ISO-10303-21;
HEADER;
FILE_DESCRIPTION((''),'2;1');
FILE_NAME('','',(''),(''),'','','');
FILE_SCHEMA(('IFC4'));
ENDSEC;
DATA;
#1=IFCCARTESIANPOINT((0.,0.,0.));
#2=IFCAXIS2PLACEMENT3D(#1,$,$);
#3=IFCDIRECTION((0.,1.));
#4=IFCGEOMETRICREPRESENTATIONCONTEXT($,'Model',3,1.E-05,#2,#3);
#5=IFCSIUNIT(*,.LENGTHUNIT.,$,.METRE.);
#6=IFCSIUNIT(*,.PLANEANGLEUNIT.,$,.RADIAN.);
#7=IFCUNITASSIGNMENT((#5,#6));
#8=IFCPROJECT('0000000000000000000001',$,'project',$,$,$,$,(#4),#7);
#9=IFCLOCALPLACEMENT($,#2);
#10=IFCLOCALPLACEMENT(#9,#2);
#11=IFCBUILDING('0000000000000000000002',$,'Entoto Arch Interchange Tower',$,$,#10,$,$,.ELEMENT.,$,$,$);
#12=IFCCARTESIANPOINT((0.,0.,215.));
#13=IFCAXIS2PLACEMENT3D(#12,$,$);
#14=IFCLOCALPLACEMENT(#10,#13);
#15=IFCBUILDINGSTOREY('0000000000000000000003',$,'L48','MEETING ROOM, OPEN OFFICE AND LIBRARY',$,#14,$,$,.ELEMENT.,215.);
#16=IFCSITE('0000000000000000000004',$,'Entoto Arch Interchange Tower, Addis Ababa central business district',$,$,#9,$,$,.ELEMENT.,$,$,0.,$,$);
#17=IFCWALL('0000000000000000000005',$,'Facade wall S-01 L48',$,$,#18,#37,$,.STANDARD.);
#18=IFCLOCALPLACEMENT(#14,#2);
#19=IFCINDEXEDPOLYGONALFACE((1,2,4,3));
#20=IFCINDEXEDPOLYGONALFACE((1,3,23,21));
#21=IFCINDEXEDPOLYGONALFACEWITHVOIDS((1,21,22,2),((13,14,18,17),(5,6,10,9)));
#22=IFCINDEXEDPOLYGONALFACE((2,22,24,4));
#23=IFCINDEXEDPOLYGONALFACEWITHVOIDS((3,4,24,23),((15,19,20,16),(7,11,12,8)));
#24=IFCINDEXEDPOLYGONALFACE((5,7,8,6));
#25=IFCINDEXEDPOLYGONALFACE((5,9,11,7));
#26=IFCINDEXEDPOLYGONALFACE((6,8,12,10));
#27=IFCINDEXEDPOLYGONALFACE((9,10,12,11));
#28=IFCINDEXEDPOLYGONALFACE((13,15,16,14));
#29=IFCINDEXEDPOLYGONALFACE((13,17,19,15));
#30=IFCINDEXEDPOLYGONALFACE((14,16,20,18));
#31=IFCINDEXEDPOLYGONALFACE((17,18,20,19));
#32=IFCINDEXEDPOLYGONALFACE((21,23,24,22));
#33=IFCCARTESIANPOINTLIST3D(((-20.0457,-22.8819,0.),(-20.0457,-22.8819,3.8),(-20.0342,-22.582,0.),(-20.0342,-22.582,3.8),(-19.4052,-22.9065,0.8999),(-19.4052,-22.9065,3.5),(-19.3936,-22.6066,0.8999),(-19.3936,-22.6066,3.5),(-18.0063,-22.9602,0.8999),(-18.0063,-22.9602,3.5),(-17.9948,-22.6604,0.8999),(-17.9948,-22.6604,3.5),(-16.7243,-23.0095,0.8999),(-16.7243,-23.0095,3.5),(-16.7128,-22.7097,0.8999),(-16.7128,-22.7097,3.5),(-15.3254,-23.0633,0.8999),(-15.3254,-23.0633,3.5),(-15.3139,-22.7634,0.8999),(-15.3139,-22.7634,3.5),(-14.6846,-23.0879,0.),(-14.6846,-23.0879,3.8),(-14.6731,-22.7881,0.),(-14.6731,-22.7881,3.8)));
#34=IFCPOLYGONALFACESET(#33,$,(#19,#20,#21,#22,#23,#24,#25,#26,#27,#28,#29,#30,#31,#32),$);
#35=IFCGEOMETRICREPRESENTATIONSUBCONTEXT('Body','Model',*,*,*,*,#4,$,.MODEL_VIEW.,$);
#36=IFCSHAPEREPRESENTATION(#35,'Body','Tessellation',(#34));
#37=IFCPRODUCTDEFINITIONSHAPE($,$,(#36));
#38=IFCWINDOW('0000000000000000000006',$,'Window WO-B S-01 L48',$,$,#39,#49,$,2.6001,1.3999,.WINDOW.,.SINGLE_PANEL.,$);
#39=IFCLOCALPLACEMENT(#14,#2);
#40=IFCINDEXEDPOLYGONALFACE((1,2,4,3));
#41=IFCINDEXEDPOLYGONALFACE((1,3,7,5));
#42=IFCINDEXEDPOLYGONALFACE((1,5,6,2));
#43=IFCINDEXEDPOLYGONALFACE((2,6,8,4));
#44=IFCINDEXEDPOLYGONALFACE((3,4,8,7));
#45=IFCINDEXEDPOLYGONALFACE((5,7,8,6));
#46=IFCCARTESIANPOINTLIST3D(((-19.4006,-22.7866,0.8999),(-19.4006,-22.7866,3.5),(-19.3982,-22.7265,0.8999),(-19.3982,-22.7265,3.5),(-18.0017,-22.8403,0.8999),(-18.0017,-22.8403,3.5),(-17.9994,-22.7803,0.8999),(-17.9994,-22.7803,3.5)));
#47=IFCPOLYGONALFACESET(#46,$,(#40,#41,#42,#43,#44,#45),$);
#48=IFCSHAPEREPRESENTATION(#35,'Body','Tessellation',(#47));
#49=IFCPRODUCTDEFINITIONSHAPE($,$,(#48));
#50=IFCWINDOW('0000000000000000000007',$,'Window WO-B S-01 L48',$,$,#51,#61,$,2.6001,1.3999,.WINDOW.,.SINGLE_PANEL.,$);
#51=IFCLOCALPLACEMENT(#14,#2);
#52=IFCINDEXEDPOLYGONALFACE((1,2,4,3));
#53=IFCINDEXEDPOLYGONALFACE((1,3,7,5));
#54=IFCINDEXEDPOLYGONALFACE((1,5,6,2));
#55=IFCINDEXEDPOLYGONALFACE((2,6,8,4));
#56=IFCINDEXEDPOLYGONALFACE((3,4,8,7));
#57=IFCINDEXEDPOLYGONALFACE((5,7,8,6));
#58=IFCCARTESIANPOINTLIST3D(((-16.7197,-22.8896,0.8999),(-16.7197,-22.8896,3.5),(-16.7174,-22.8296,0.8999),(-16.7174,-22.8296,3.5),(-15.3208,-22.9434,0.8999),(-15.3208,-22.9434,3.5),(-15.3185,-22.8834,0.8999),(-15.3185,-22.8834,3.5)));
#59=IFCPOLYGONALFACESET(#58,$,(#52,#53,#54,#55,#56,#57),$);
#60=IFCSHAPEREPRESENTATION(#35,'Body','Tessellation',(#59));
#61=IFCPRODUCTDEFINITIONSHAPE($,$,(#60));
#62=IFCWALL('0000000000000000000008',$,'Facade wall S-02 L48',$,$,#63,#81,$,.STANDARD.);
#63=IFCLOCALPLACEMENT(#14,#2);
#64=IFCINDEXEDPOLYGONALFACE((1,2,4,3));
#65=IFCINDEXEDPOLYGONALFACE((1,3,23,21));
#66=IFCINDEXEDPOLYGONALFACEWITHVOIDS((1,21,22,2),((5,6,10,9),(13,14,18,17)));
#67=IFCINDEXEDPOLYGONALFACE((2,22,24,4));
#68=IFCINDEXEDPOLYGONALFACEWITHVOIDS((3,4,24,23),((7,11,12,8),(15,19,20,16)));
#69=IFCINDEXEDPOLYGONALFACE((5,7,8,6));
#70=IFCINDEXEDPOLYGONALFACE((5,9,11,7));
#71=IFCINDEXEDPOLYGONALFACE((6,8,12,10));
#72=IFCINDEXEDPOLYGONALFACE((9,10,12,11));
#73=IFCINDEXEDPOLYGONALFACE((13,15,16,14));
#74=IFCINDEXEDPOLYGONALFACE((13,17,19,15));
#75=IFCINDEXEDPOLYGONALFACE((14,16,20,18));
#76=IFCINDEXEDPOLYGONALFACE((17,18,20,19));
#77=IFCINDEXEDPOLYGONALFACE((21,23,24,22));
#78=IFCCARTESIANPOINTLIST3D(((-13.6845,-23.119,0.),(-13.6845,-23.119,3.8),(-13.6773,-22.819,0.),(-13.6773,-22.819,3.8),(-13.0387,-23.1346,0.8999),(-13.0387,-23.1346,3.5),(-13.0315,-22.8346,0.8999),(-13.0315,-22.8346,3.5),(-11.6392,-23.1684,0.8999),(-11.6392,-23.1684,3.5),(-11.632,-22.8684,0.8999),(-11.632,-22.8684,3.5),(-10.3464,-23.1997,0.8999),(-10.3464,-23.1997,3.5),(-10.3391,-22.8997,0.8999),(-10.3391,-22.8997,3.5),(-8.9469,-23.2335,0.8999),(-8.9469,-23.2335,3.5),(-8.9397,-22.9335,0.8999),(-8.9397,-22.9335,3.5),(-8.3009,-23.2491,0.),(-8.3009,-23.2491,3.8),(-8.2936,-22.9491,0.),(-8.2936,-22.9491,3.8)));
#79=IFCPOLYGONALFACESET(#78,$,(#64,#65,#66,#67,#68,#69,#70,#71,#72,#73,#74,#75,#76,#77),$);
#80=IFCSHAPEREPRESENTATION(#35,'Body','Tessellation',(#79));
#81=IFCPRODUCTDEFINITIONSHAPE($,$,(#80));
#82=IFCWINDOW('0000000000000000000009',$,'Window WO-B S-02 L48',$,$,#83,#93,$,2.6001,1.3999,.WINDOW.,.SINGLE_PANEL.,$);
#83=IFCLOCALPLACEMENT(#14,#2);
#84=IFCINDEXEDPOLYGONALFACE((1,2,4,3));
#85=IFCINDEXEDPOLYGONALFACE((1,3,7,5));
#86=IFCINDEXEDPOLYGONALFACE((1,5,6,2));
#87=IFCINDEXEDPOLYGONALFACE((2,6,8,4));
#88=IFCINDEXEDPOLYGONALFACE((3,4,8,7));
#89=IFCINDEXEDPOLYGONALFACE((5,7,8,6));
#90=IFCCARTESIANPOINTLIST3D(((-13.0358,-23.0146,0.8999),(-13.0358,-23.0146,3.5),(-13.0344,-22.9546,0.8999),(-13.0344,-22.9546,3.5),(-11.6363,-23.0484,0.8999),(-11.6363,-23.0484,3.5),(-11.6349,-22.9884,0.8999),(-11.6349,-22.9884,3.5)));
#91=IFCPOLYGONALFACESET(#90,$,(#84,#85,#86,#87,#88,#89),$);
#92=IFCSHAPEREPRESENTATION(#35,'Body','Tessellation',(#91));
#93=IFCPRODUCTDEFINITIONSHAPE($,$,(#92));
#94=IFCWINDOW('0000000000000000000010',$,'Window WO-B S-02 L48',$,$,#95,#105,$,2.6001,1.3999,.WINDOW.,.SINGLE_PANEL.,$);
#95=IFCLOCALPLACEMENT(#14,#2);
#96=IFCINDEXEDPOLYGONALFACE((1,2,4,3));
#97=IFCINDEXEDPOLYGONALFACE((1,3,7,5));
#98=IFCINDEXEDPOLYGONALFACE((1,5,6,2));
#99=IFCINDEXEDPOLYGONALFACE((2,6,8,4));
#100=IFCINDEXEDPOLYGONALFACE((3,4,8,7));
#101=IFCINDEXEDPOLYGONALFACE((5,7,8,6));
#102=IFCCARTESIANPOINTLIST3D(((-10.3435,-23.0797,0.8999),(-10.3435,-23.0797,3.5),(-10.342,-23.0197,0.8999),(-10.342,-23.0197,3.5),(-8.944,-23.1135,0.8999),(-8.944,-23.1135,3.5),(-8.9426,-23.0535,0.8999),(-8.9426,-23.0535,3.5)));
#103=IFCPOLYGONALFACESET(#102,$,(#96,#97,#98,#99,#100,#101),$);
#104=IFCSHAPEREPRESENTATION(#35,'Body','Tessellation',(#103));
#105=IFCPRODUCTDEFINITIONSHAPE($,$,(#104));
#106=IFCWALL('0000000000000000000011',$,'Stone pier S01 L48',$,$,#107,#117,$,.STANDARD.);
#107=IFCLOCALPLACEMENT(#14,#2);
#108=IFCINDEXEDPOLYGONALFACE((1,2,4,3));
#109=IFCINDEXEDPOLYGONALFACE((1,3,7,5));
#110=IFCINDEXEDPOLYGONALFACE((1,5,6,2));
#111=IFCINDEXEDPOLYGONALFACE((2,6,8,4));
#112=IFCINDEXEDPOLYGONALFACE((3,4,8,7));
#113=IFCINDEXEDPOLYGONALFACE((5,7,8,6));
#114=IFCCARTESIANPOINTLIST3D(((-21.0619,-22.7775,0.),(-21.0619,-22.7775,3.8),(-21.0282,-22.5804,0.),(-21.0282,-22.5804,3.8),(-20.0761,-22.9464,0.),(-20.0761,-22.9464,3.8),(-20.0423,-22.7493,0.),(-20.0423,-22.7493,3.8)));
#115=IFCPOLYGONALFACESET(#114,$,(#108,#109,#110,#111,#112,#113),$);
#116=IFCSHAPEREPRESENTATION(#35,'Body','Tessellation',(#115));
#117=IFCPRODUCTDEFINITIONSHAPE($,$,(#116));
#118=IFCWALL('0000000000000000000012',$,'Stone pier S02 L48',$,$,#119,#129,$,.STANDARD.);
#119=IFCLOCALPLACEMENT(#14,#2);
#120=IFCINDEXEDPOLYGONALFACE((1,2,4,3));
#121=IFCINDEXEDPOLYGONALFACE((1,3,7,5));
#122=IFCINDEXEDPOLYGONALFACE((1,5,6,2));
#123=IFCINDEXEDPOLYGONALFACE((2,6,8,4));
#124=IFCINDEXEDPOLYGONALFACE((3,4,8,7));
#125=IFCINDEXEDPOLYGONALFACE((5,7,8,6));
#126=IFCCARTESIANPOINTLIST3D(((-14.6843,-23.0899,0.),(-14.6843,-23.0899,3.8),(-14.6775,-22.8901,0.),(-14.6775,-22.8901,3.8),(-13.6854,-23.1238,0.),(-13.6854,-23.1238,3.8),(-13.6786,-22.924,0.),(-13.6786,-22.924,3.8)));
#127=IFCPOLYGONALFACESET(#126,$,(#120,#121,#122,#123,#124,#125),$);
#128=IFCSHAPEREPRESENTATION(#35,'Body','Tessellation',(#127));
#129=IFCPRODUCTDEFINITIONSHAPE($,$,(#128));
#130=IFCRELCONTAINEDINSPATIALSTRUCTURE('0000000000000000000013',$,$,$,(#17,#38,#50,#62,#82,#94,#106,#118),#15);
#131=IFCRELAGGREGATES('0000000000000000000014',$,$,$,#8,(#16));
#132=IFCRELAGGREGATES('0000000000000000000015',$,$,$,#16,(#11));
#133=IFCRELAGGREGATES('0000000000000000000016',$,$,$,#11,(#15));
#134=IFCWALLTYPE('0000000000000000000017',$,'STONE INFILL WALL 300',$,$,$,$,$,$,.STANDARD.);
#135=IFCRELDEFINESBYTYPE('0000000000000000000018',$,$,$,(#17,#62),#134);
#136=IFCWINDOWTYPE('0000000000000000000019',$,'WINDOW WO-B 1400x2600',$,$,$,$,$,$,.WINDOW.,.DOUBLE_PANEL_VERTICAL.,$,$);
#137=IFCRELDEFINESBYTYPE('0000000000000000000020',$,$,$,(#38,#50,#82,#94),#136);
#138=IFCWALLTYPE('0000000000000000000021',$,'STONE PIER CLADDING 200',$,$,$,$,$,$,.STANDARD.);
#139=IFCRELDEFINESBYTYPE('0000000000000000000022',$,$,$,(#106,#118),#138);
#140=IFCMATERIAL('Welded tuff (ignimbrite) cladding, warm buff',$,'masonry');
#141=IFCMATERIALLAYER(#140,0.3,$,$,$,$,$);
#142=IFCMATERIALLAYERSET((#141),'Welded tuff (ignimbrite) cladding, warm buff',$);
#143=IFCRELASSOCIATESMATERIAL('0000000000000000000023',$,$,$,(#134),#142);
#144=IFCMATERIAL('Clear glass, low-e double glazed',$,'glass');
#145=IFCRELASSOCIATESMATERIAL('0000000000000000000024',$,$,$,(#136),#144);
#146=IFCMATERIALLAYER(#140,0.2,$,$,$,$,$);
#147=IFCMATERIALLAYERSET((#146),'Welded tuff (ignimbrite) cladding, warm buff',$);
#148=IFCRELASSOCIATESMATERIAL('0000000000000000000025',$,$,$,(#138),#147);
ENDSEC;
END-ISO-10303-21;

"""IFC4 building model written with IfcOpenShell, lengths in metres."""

from ifc_helpers import new_model, si_unit, direction, frame, frame_2d, origin, place, context, subcontext, project, spatial, rectangle, extrude, material, layer, layer_set, type_object, element, fill, save


model = new_model("IFC4")

# Units and contexts
model_context = context("Model", 3, precision=1e-05, world=origin(), true_north=direction((0.0, 1.0)))
body_context = subcontext(model_context, "Body", "Model", "MODEL_VIEW")
ifc_project = project(units=[si_unit("LENGTHUNIT", "METRE"), si_unit("PLANEANGLEUNIT", "RADIAN")], contexts=[model_context])

# Site, building, storey
site_placement = place(None, origin())
site = spatial("IfcSite", under=ifc_project, at=site_placement, Name="Entoto Arch Interchange Tower, Addis Ababa central business district", CompositionType="ELEMENT", RefElevation=0.0)
building_placement = place(site_placement, origin())
building = spatial("IfcBuilding", under=site, at=building_placement, Name="Entoto Arch Interchange Tower", CompositionType="ELEMENT")
storey_placement = place(building_placement, frame((0.0, 0.0, 215.0)))
storey = spatial("IfcBuildingStorey", under=building, at=storey_placement, Name="L48", Description="MEETING ROOM, OPEN OFFICE AND LIBRARY", CompositionType="ELEMENT", Elevation=215.0)

# Walls, openings, windows
ifc_material_1 = material(Name="Welded tuff (ignimbrite) cladding, warm buff", Category="masonry")
ifc_layer_1 = layer(ifc_material_1, 0.3)
ifc_layer_set_1 = layer_set([ifc_layer_1], Name="Welded tuff (ignimbrite) cladding, warm buff")
wall_type_1 = type_object("IfcWallType", Name="STONE INFILL WALL 300", PredefinedType="STANDARD", material=ifc_layer_set_1)
wall_1_placement = place(storey_placement, frame((-20.04, -22.7319, 0.0), z_axis=(0.0, 0.0, 1.0), x_axis=(0.999262, -0.038407, 0.0)))
wall_1 = element("IfcWall", 1, at=wall_1_placement, inside=storey, type_object=wall_type_1, Name="Facade wall S-01 L48", PredefinedType="STANDARD", context=body_context, shape_type="SweptSolid", body=[
    extrude(rectangle(XDim=5.365, YDim=0.3, at=frame_2d((2.6826, 0.0))), origin(), (0.0, 0.0, 1.0), 3.8),
])
opening_1_placement = place(wall_1_placement, frame((0.6411, 0.0, 0.8999)))
opening_1 = element("IfcOpeningElement", 2, at=opening_1_placement, cuts=wall_1, PredefinedType="OPENING", context=body_context, shape_type="SweptSolid", body=[
    extrude(rectangle(XDim=1.3999, YDim=2.6001, at=frame_2d((0.7, 1.3))), frame((0.0, 0.1602, 0.0), z_axis=(0.0, -1.0, 0.0), x_axis=(1.0, 0.0, 0.0)), (0.0, 0.0, 1.0), 0.3201),
])
opening_2_placement = place(wall_1_placement, frame((3.324, 0.0, 0.8999)))
opening_2 = element("IfcOpeningElement", 3, at=opening_2_placement, cuts=wall_1, PredefinedType="OPENING", context=body_context, shape_type="SweptSolid", body=[
    extrude(rectangle(XDim=1.3999, YDim=2.6001, at=frame_2d((0.7, 1.3))), frame((0.0, 0.1602, 0.0), z_axis=(0.0, -1.0, 0.0), x_axis=(1.0, 0.0, 0.0)), (0.0, 0.0, 1.0), 0.3201),
])
ifc_material_2 = material(Name="Clear glass, low-e double glazed", Category="glass")
window_type = type_object("IfcWindowType", Name="WINDOW WO-B 1400x2600", PartitioningType="DOUBLE_PANEL_VERTICAL", PredefinedType="WINDOW", material=ifc_material_2)
window_1_placement = place(opening_1_placement, origin())
window_1 = element("IfcWindow", 4, at=window_1_placement, inside=storey, type_object=window_type, Name="Window WO-B S-01 L48", OverallHeight=2.6001, OverallWidth=1.3999, PartitioningType="SINGLE_PANEL", PredefinedType="WINDOW", context=body_context, shape_type="SweptSolid", body=[
    extrude(rectangle(XDim=1.3999, YDim=2.6001, at=frame_2d((0.7, 1.3))), frame((0.0, 0.03, 0.0), z_axis=(0.0, -1.0, 0.0), x_axis=(1.0, 0.0, 0.0)), (0.0, 0.0, 1.0), 0.0601),
])
fill(opening_1, window_1)
window_2_placement = place(opening_2_placement, origin())
window_2 = element("IfcWindow", 5, at=window_2_placement, inside=storey, type_object=window_type, Name="Window WO-B S-01 L48", OverallHeight=2.6001, OverallWidth=1.3999, PartitioningType="SINGLE_PANEL", PredefinedType="WINDOW", context=body_context, shape_type="SweptSolid", body=[
    extrude(rectangle(XDim=1.3999, YDim=2.6001, at=frame_2d((0.7, 1.3))), frame((0.0, 0.03, 0.0), z_axis=(0.0, -1.0, 0.0), x_axis=(1.0, 0.0, 0.0)), (0.0, 0.0, 1.0), 0.0601),
])
fill(opening_2, window_2)
wall_2_placement = place(storey_placement, frame((-13.6809, -22.969, 0.0), z_axis=(0.0, 0.0, 1.0), x_axis=(0.999708, -0.024163, 0.0)))
wall_2 = element("IfcWall", 6, at=wall_2_placement, inside=storey, type_object=wall_type_1, Name="Facade wall S-02 L48", PredefinedType="STANDARD", context=body_context, shape_type="SweptSolid", body=[
    extrude(rectangle(XDim=5.3853, YDim=0.3, at=frame_2d((2.6926, 0.0))), origin(), (0.0, 0.0, 1.0), 3.8),
])
opening_3_placement = place(wall_2_placement, frame((0.646, 0.0, 0.8999)))
opening_3 = element("IfcOpeningElement", 7, at=opening_3_placement, cuts=wall_2, PredefinedType="OPENING", context=body_context, shape_type="SweptSolid", body=[
    extrude(rectangle(XDim=1.3999, YDim=2.6001, at=frame_2d((0.7, 1.3))), frame((0.0, 0.1602, 0.0), z_axis=(0.0, -1.0, 0.0), x_axis=(1.0, 0.0, 0.0)), (0.0, 0.0, 1.0), 0.3201),
])
opening_4_placement = place(wall_2_placement, frame((3.3391, 0.0, 0.8999)))
opening_4 = element("IfcOpeningElement", 8, at=opening_4_placement, cuts=wall_2, PredefinedType="OPENING", context=body_context, shape_type="SweptSolid", body=[
    extrude(rectangle(XDim=1.3999, YDim=2.6001, at=frame_2d((0.7, 1.3))), frame((0.0, 0.1602, 0.0), z_axis=(0.0, -1.0, 0.0), x_axis=(1.0, 0.0, 0.0)), (0.0, 0.0, 1.0), 0.3201),
])
window_3_placement = place(opening_3_placement, origin())
window_3 = element("IfcWindow", 9, at=window_3_placement, inside=storey, type_object=window_type, Name="Window WO-B S-02 L48", OverallHeight=2.6001, OverallWidth=1.3999, PartitioningType="SINGLE_PANEL", PredefinedType="WINDOW", context=body_context, shape_type="SweptSolid", body=[
    extrude(rectangle(XDim=1.3999, YDim=2.6001, at=frame_2d((0.7, 1.3))), frame((0.0, 0.03, 0.0), z_axis=(0.0, -1.0, 0.0), x_axis=(1.0, 0.0, 0.0)), (0.0, 0.0, 1.0), 0.0601),
])
fill(opening_3, window_3)
window_4_placement = place(opening_4_placement, origin())
window_4 = element("IfcWindow", 10, at=window_4_placement, inside=storey, type_object=window_type, Name="Window WO-B S-02 L48", OverallHeight=2.6001, OverallWidth=1.3999, PartitioningType="SINGLE_PANEL", PredefinedType="WINDOW", context=body_context, shape_type="SweptSolid", body=[
    extrude(rectangle(XDim=1.3999, YDim=2.6001, at=frame_2d((0.7, 1.3))), frame((0.0, 0.03, 0.0), z_axis=(0.0, -1.0, 0.0), x_axis=(1.0, 0.0, 0.0)), (0.0, 0.0, 1.0), 0.0601),
])
fill(opening_4, window_4)

# Walls
ifc_layer_2 = layer(ifc_material_1, 0.2)
ifc_layer_set_2 = layer_set([ifc_layer_2], Name="Welded tuff (ignimbrite) cladding, warm buff")
wall_type_2 = type_object("IfcWallType", Name="STONE PIER CLADDING 200", PredefinedType="STANDARD", material=ifc_layer_set_2)
wall_3_placement = place(storey_placement, frame((-21.0449, -22.679, 0.0), z_axis=(0.0, 0.0, 1.0), x_axis=(0.985632, -0.16891, 0.0)))
element("IfcWall", 11, at=wall_3_placement, inside=storey, type_object=wall_type_2, Name="Stone pier S01 L48", PredefinedType="STANDARD", context=body_context, shape_type="SweptSolid", body=[
    extrude(rectangle(XDim=1.0002, YDim=0.2, at=frame_2d((0.5, 0.0))), origin(), (0.0, 0.0, 1.0), 3.8),
])
wall_4_placement = place(storey_placement, frame((-14.6809, -22.99, 0.0), z_axis=(0.0, 0.0, 1.0), x_axis=(0.999424, -0.033949, 0.0)))
element("IfcWall", 12, at=wall_4_placement, inside=storey, type_object=wall_type_2, Name="Stone pier S02 L48", PredefinedType="STANDARD", context=body_context, shape_type="SweptSolid", body=[
    extrude(rectangle(XDim=0.9995, YDim=0.2, at=frame_2d((0.4998, 0.0))), origin(), (0.0, 0.0, 1.0), 3.8),
])

save(model, "model.ifc")
